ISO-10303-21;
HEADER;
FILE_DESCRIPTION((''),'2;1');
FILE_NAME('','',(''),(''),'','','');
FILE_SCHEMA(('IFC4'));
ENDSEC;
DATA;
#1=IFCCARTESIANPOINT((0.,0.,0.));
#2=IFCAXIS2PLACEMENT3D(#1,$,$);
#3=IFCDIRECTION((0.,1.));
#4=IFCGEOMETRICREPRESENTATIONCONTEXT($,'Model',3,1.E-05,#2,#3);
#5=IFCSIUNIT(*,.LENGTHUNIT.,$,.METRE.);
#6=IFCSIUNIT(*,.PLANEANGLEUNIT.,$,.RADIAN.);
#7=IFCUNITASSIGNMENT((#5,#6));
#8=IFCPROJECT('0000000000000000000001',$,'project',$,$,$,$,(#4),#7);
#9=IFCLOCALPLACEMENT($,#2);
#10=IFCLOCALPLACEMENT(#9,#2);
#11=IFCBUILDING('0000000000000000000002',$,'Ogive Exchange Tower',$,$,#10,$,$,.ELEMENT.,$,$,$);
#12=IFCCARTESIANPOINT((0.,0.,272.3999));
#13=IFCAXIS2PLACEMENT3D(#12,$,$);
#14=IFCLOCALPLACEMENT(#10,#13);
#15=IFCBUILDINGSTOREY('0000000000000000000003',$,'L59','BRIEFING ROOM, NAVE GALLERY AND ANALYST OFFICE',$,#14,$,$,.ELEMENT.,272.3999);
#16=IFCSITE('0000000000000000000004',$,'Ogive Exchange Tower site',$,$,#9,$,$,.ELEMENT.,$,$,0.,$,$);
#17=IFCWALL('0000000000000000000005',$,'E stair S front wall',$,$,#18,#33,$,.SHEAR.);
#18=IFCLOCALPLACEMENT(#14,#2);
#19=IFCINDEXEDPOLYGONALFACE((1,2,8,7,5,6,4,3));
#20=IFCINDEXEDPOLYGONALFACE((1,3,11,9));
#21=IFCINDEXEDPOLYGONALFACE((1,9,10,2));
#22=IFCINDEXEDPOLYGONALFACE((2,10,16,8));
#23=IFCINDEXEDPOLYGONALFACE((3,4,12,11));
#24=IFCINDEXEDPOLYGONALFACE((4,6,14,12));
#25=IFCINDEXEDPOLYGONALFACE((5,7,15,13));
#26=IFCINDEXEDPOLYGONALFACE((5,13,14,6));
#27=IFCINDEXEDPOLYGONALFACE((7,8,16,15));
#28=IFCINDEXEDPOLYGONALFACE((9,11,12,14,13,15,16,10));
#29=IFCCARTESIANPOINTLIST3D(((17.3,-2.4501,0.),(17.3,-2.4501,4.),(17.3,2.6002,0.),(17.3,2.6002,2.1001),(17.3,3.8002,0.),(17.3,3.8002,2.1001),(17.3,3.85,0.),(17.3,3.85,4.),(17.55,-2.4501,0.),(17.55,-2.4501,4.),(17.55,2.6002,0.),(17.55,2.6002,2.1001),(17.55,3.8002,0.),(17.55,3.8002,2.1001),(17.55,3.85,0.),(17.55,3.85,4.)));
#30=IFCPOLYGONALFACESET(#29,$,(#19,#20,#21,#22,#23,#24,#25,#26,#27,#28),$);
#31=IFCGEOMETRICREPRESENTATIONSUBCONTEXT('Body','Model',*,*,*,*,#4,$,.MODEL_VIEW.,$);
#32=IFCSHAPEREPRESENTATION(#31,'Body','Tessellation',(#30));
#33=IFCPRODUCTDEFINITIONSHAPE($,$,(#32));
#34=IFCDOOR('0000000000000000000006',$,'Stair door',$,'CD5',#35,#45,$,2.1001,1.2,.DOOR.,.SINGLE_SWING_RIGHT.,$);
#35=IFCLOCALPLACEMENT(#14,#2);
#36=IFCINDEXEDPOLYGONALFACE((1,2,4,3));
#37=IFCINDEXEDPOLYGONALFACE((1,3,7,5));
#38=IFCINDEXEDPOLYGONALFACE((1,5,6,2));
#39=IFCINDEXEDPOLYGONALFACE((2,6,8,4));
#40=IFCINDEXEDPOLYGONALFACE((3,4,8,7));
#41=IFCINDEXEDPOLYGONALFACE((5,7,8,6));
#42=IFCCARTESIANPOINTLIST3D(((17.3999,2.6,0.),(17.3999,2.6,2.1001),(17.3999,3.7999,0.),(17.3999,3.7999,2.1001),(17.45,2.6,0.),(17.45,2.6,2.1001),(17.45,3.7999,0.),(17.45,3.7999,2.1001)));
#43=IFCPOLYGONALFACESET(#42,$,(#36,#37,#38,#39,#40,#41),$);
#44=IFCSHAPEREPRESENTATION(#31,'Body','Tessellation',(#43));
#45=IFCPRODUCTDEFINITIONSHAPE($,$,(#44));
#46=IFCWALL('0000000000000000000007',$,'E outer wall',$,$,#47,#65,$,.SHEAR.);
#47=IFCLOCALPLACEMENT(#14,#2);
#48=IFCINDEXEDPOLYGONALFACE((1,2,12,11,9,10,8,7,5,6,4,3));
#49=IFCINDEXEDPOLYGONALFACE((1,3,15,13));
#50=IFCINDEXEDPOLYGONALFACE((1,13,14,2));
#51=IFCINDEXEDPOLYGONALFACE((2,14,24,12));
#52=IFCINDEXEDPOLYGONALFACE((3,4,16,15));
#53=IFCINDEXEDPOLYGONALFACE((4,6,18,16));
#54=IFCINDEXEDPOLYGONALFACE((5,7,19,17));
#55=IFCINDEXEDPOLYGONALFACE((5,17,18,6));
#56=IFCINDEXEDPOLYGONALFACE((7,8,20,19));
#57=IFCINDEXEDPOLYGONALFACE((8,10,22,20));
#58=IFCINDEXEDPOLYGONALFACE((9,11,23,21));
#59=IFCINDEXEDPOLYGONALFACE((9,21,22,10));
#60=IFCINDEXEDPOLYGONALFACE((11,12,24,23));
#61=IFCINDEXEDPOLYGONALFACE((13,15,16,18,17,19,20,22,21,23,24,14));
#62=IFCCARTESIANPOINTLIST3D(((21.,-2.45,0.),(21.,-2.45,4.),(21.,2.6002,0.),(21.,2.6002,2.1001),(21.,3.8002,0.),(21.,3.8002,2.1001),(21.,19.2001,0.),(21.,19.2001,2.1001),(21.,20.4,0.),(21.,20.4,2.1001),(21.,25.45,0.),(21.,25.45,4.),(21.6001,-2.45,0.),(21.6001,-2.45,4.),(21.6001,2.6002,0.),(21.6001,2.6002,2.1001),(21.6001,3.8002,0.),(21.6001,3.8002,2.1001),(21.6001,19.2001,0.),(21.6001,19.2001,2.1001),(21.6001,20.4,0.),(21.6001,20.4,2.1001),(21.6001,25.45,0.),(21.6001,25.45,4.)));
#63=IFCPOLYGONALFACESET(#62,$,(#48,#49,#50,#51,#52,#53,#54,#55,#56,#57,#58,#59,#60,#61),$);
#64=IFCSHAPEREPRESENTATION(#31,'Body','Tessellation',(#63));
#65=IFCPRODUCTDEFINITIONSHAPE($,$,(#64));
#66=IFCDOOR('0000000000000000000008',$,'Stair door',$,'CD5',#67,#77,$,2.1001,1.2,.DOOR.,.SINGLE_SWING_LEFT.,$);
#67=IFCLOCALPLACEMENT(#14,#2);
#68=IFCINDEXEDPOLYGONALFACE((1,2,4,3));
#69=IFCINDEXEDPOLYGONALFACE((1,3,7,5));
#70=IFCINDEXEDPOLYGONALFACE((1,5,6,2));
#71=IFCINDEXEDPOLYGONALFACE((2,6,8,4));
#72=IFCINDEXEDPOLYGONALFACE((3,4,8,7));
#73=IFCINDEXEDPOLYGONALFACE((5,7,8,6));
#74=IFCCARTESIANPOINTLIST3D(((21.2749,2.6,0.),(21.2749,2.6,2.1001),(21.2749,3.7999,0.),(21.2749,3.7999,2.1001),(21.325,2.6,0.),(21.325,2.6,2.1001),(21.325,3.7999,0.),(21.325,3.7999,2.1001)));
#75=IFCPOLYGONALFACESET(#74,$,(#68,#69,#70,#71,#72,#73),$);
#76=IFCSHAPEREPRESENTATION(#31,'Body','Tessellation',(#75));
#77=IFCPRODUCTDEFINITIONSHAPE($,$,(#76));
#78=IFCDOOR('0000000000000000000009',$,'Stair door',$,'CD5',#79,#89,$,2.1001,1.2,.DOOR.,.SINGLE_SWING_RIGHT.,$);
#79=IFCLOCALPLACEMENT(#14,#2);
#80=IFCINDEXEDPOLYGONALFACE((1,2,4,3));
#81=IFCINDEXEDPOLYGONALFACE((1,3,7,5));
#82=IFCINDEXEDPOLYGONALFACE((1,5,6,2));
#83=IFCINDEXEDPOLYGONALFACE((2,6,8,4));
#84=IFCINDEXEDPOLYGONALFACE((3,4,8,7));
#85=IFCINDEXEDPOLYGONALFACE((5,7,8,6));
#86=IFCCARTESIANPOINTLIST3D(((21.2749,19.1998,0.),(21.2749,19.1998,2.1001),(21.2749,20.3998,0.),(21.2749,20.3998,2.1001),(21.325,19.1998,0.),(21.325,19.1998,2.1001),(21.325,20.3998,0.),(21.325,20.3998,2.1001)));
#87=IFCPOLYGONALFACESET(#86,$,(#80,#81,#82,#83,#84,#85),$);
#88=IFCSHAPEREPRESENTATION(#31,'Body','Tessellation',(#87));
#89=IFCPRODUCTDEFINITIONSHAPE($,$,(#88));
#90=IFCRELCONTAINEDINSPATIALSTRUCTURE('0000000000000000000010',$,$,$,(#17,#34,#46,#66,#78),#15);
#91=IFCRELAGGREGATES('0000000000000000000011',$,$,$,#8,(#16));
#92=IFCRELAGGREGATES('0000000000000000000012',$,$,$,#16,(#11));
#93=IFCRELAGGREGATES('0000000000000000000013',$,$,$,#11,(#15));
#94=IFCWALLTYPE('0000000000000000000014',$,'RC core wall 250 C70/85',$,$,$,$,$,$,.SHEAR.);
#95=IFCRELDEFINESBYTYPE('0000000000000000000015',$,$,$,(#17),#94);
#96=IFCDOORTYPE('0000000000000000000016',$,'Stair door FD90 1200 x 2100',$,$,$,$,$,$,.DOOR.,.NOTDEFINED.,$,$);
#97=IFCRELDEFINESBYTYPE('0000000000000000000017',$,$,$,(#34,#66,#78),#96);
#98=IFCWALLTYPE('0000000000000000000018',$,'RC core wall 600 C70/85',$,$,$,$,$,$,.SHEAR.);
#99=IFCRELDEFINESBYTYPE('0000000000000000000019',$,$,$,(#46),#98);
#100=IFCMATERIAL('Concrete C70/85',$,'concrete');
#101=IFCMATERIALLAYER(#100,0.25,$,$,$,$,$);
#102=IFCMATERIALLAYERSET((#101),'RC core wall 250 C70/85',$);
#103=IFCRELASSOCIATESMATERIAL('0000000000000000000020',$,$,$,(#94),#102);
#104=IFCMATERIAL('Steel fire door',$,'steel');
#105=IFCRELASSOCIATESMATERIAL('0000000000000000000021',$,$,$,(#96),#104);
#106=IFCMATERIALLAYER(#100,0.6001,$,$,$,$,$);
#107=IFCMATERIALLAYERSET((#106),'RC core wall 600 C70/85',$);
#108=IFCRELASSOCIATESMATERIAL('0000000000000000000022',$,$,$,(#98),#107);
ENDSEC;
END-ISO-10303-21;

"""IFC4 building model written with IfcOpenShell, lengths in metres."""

from ifc_helpers import new_model, si_unit, direction, frame, frame_2d, origin, place, context, subcontext, project, spatial, rectangle, extrude, material, layer, layer_set, type_object, element, fill, save


model = new_model("IFC4")

# Units and contexts
model_context = context("Model", 3, precision=1e-05, world=origin(), true_north=direction((0.0, 1.0)))
body_context = subcontext(model_context, "Body", "Model", "MODEL_VIEW")
ifc_project = project(units=[si_unit("LENGTHUNIT", "METRE"), si_unit("PLANEANGLEUNIT", "RADIAN")], contexts=[model_context])

# Site, building, storey
site_placement = place(None, origin())
site = spatial("IfcSite", under=ifc_project, at=site_placement, Name="Ogive Exchange Tower site", CompositionType="ELEMENT", RefElevation=0.0)
building_placement = place(site_placement, origin())
building = spatial("IfcBuilding", under=site, at=building_placement, Name="Ogive Exchange Tower", CompositionType="ELEMENT")
storey_placement = place(building_placement, frame((0.0, 0.0, 272.3999)))
storey = spatial("IfcBuildingStorey", under=building, at=storey_placement, Name="L59", Description="BRIEFING ROOM, NAVE GALLERY AND ANALYST OFFICE", CompositionType="ELEMENT", Elevation=272.3999)

# Wall, opening, door
ifc_material_1 = material(Name="Concrete C70/85", Category="concrete")
ifc_layer_1 = layer(ifc_material_1, 0.25)
ifc_layer_set_1 = layer_set([ifc_layer_1], Name="RC core wall 250 C70/85")
wall_type_1 = type_object("IfcWallType", Name="RC core wall 250 C70/85", PredefinedType="SHEAR", material=ifc_layer_set_1)
wall_1_placement = place(storey_placement, frame((17.425, -2.45, 0.0), z_axis=(0.0, 0.0, 1.0), x_axis=(0.0, 1.0, 0.0)))
wall_1 = element("IfcWall", 1, at=wall_1_placement, inside=storey, type_object=wall_type_1, Name="E stair S front wall", PredefinedType="SHEAR", context=body_context, shape_type="SweptSolid", body=[
    extrude(rectangle(XDim=6.3, YDim=0.25, at=frame_2d((3.1499, 0.0))), origin(), (0.0, 0.0, 1.0), 4.0),
])
opening_1_placement = place(wall_1_placement, frame((5.05, 0.0, 0.0)))
opening_1 = element("IfcOpeningElement", 2, at=opening_1_placement, cuts=wall_1, PredefinedType="OPENING", context=body_context, shape_type="SweptSolid", body=[
    extrude(rectangle(XDim=1.2, YDim=2.1001, at=frame_2d((0.6001, 1.05))), frame((0.0, 0.135, 0.0), z_axis=(0.0, -1.0, 0.0), x_axis=(1.0, 0.0, 0.0)), (0.0, 0.0, 1.0), 0.27),
])
ifc_material_2 = material(Name="Steel fire door", Category="steel")
door_type_1 = type_object("IfcDoorType", Name="Stair door FD90 1200 x 2100", OperationType="NOTDEFINED", PredefinedType="DOOR", material=ifc_material_2)
door_1_placement = place(opening_1_placement, frame((1.2, 0.0, 0.0), z_axis=(0.0, 0.0, 1.0), x_axis=(-1.0, 0.0, 0.0)))
door_1 = element("IfcDoor", 3, at=door_1_placement, inside=storey, type_object=door_type_1, Name="Stair door", ObjectType="CD5", OperationType="SINGLE_SWING_RIGHT", OverallHeight=2.1001, OverallWidth=1.2, PredefinedType="DOOR", context=body_context, shape_type="SweptSolid", body=[
    extrude(rectangle(XDim=1.2, YDim=2.1001, at=frame_2d((0.6001, 1.05))), frame((0.0, 0.0249, 0.0), z_axis=(0.0, -1.0, 0.0), x_axis=(1.0, 0.0, 0.0)), (0.0, 0.0, 1.0), 0.05),
])
fill(opening_1, door_1)

# Wall, openings, doors
ifc_layer_2 = layer(ifc_material_1, 0.6001)
ifc_layer_set_2 = layer_set([ifc_layer_2], Name="RC core wall 600 C70/85")
wall_type_2 = type_object("IfcWallType", Name="RC core wall 600 C70/85", PredefinedType="SHEAR", material=ifc_layer_set_2)
wall_2_placement = place(storey_placement, frame((21.3, -2.45, 0.0), z_axis=(0.0, 0.0, 1.0), x_axis=(0.0, 1.0, 0.0)))
wall_2 = element("IfcWall", 4, at=wall_2_placement, inside=storey, type_object=wall_type_2, Name="E outer wall", PredefinedType="SHEAR", context=body_context, shape_type="SweptSolid", body=[
    extrude(rectangle(XDim=27.8999, YDim=0.6001, at=frame_2d((13.95, 0.0))), origin(), (0.0, 0.0, 1.0), 4.0),
])
opening_2_placement = place(wall_2_placement, frame((5.05, 0.0, 0.0)))
opening_2 = element("IfcOpeningElement", 5, at=opening_2_placement, cuts=wall_2, PredefinedType="OPENING", context=body_context, shape_type="SweptSolid", body=[
    extrude(rectangle(XDim=1.2, YDim=2.1001, at=frame_2d((0.6001, 1.05))), frame((0.0, 0.3101, 0.0), z_axis=(0.0, -1.0, 0.0), x_axis=(1.0, 0.0, 0.0)), (0.0, 0.0, 1.0), 0.6201),
])
opening_3_placement = place(wall_2_placement, frame((21.6499, 0.0, 0.0)))
opening_3 = element("IfcOpeningElement", 6, at=opening_3_placement, cuts=wall_2, PredefinedType="OPENING", context=body_context, shape_type="SweptSolid", body=[
    extrude(rectangle(XDim=1.2, YDim=2.1001, at=frame_2d((0.6001, 1.05))), frame((0.0, 0.3101, 0.0), z_axis=(0.0, -1.0, 0.0), x_axis=(1.0, 0.0, 0.0)), (0.0, 0.0, 1.0), 0.6201),
])
door_2_placement = place(opening_2_placement, frame((1.2, 0.0, 0.0), z_axis=(0.0, 0.0, 1.0), x_axis=(-1.0, 0.0, 0.0)))
door_2 = element("IfcDoor", 7, at=door_2_placement, inside=storey, type_object=door_type_1, Name="Stair door", ObjectType="CD5", OperationType="SINGLE_SWING_LEFT", OverallHeight=2.1001, OverallWidth=1.2, PredefinedType="DOOR", context=body_context, shape_type="SweptSolid", body=[
    extrude(rectangle(XDim=1.2, YDim=2.1001, at=frame_2d((0.6001, 1.05))), frame((0.0, 0.0249, 0.0), z_axis=(0.0, -1.0, 0.0), x_axis=(1.0, 0.0, 0.0)), (0.0, 0.0, 1.0), 0.05),
])
fill(opening_2, door_2)
door_3_placement = place(opening_3_placement, frame((1.2, 0.0, 0.0), z_axis=(0.0, 0.0, 1.0), x_axis=(-1.0, 0.0, 0.0)))
door_3 = element("IfcDoor", 8, at=door_3_placement, inside=storey, type_object=door_type_1, Name="Stair door", ObjectType="CD5", OperationType="SINGLE_SWING_RIGHT", OverallHeight=2.1001, OverallWidth=1.2, PredefinedType="DOOR", context=body_context, shape_type="SweptSolid", body=[
    extrude(rectangle(XDim=1.2, YDim=2.1001, at=frame_2d((0.6001, 1.05))), frame((0.0, 0.0249, 0.0), z_axis=(0.0, -1.0, 0.0), x_axis=(1.0, 0.0, 0.0)), (0.0, 0.0, 1.0), 0.05),
])
fill(opening_3, door_3)

save(model, "model.ifc")
